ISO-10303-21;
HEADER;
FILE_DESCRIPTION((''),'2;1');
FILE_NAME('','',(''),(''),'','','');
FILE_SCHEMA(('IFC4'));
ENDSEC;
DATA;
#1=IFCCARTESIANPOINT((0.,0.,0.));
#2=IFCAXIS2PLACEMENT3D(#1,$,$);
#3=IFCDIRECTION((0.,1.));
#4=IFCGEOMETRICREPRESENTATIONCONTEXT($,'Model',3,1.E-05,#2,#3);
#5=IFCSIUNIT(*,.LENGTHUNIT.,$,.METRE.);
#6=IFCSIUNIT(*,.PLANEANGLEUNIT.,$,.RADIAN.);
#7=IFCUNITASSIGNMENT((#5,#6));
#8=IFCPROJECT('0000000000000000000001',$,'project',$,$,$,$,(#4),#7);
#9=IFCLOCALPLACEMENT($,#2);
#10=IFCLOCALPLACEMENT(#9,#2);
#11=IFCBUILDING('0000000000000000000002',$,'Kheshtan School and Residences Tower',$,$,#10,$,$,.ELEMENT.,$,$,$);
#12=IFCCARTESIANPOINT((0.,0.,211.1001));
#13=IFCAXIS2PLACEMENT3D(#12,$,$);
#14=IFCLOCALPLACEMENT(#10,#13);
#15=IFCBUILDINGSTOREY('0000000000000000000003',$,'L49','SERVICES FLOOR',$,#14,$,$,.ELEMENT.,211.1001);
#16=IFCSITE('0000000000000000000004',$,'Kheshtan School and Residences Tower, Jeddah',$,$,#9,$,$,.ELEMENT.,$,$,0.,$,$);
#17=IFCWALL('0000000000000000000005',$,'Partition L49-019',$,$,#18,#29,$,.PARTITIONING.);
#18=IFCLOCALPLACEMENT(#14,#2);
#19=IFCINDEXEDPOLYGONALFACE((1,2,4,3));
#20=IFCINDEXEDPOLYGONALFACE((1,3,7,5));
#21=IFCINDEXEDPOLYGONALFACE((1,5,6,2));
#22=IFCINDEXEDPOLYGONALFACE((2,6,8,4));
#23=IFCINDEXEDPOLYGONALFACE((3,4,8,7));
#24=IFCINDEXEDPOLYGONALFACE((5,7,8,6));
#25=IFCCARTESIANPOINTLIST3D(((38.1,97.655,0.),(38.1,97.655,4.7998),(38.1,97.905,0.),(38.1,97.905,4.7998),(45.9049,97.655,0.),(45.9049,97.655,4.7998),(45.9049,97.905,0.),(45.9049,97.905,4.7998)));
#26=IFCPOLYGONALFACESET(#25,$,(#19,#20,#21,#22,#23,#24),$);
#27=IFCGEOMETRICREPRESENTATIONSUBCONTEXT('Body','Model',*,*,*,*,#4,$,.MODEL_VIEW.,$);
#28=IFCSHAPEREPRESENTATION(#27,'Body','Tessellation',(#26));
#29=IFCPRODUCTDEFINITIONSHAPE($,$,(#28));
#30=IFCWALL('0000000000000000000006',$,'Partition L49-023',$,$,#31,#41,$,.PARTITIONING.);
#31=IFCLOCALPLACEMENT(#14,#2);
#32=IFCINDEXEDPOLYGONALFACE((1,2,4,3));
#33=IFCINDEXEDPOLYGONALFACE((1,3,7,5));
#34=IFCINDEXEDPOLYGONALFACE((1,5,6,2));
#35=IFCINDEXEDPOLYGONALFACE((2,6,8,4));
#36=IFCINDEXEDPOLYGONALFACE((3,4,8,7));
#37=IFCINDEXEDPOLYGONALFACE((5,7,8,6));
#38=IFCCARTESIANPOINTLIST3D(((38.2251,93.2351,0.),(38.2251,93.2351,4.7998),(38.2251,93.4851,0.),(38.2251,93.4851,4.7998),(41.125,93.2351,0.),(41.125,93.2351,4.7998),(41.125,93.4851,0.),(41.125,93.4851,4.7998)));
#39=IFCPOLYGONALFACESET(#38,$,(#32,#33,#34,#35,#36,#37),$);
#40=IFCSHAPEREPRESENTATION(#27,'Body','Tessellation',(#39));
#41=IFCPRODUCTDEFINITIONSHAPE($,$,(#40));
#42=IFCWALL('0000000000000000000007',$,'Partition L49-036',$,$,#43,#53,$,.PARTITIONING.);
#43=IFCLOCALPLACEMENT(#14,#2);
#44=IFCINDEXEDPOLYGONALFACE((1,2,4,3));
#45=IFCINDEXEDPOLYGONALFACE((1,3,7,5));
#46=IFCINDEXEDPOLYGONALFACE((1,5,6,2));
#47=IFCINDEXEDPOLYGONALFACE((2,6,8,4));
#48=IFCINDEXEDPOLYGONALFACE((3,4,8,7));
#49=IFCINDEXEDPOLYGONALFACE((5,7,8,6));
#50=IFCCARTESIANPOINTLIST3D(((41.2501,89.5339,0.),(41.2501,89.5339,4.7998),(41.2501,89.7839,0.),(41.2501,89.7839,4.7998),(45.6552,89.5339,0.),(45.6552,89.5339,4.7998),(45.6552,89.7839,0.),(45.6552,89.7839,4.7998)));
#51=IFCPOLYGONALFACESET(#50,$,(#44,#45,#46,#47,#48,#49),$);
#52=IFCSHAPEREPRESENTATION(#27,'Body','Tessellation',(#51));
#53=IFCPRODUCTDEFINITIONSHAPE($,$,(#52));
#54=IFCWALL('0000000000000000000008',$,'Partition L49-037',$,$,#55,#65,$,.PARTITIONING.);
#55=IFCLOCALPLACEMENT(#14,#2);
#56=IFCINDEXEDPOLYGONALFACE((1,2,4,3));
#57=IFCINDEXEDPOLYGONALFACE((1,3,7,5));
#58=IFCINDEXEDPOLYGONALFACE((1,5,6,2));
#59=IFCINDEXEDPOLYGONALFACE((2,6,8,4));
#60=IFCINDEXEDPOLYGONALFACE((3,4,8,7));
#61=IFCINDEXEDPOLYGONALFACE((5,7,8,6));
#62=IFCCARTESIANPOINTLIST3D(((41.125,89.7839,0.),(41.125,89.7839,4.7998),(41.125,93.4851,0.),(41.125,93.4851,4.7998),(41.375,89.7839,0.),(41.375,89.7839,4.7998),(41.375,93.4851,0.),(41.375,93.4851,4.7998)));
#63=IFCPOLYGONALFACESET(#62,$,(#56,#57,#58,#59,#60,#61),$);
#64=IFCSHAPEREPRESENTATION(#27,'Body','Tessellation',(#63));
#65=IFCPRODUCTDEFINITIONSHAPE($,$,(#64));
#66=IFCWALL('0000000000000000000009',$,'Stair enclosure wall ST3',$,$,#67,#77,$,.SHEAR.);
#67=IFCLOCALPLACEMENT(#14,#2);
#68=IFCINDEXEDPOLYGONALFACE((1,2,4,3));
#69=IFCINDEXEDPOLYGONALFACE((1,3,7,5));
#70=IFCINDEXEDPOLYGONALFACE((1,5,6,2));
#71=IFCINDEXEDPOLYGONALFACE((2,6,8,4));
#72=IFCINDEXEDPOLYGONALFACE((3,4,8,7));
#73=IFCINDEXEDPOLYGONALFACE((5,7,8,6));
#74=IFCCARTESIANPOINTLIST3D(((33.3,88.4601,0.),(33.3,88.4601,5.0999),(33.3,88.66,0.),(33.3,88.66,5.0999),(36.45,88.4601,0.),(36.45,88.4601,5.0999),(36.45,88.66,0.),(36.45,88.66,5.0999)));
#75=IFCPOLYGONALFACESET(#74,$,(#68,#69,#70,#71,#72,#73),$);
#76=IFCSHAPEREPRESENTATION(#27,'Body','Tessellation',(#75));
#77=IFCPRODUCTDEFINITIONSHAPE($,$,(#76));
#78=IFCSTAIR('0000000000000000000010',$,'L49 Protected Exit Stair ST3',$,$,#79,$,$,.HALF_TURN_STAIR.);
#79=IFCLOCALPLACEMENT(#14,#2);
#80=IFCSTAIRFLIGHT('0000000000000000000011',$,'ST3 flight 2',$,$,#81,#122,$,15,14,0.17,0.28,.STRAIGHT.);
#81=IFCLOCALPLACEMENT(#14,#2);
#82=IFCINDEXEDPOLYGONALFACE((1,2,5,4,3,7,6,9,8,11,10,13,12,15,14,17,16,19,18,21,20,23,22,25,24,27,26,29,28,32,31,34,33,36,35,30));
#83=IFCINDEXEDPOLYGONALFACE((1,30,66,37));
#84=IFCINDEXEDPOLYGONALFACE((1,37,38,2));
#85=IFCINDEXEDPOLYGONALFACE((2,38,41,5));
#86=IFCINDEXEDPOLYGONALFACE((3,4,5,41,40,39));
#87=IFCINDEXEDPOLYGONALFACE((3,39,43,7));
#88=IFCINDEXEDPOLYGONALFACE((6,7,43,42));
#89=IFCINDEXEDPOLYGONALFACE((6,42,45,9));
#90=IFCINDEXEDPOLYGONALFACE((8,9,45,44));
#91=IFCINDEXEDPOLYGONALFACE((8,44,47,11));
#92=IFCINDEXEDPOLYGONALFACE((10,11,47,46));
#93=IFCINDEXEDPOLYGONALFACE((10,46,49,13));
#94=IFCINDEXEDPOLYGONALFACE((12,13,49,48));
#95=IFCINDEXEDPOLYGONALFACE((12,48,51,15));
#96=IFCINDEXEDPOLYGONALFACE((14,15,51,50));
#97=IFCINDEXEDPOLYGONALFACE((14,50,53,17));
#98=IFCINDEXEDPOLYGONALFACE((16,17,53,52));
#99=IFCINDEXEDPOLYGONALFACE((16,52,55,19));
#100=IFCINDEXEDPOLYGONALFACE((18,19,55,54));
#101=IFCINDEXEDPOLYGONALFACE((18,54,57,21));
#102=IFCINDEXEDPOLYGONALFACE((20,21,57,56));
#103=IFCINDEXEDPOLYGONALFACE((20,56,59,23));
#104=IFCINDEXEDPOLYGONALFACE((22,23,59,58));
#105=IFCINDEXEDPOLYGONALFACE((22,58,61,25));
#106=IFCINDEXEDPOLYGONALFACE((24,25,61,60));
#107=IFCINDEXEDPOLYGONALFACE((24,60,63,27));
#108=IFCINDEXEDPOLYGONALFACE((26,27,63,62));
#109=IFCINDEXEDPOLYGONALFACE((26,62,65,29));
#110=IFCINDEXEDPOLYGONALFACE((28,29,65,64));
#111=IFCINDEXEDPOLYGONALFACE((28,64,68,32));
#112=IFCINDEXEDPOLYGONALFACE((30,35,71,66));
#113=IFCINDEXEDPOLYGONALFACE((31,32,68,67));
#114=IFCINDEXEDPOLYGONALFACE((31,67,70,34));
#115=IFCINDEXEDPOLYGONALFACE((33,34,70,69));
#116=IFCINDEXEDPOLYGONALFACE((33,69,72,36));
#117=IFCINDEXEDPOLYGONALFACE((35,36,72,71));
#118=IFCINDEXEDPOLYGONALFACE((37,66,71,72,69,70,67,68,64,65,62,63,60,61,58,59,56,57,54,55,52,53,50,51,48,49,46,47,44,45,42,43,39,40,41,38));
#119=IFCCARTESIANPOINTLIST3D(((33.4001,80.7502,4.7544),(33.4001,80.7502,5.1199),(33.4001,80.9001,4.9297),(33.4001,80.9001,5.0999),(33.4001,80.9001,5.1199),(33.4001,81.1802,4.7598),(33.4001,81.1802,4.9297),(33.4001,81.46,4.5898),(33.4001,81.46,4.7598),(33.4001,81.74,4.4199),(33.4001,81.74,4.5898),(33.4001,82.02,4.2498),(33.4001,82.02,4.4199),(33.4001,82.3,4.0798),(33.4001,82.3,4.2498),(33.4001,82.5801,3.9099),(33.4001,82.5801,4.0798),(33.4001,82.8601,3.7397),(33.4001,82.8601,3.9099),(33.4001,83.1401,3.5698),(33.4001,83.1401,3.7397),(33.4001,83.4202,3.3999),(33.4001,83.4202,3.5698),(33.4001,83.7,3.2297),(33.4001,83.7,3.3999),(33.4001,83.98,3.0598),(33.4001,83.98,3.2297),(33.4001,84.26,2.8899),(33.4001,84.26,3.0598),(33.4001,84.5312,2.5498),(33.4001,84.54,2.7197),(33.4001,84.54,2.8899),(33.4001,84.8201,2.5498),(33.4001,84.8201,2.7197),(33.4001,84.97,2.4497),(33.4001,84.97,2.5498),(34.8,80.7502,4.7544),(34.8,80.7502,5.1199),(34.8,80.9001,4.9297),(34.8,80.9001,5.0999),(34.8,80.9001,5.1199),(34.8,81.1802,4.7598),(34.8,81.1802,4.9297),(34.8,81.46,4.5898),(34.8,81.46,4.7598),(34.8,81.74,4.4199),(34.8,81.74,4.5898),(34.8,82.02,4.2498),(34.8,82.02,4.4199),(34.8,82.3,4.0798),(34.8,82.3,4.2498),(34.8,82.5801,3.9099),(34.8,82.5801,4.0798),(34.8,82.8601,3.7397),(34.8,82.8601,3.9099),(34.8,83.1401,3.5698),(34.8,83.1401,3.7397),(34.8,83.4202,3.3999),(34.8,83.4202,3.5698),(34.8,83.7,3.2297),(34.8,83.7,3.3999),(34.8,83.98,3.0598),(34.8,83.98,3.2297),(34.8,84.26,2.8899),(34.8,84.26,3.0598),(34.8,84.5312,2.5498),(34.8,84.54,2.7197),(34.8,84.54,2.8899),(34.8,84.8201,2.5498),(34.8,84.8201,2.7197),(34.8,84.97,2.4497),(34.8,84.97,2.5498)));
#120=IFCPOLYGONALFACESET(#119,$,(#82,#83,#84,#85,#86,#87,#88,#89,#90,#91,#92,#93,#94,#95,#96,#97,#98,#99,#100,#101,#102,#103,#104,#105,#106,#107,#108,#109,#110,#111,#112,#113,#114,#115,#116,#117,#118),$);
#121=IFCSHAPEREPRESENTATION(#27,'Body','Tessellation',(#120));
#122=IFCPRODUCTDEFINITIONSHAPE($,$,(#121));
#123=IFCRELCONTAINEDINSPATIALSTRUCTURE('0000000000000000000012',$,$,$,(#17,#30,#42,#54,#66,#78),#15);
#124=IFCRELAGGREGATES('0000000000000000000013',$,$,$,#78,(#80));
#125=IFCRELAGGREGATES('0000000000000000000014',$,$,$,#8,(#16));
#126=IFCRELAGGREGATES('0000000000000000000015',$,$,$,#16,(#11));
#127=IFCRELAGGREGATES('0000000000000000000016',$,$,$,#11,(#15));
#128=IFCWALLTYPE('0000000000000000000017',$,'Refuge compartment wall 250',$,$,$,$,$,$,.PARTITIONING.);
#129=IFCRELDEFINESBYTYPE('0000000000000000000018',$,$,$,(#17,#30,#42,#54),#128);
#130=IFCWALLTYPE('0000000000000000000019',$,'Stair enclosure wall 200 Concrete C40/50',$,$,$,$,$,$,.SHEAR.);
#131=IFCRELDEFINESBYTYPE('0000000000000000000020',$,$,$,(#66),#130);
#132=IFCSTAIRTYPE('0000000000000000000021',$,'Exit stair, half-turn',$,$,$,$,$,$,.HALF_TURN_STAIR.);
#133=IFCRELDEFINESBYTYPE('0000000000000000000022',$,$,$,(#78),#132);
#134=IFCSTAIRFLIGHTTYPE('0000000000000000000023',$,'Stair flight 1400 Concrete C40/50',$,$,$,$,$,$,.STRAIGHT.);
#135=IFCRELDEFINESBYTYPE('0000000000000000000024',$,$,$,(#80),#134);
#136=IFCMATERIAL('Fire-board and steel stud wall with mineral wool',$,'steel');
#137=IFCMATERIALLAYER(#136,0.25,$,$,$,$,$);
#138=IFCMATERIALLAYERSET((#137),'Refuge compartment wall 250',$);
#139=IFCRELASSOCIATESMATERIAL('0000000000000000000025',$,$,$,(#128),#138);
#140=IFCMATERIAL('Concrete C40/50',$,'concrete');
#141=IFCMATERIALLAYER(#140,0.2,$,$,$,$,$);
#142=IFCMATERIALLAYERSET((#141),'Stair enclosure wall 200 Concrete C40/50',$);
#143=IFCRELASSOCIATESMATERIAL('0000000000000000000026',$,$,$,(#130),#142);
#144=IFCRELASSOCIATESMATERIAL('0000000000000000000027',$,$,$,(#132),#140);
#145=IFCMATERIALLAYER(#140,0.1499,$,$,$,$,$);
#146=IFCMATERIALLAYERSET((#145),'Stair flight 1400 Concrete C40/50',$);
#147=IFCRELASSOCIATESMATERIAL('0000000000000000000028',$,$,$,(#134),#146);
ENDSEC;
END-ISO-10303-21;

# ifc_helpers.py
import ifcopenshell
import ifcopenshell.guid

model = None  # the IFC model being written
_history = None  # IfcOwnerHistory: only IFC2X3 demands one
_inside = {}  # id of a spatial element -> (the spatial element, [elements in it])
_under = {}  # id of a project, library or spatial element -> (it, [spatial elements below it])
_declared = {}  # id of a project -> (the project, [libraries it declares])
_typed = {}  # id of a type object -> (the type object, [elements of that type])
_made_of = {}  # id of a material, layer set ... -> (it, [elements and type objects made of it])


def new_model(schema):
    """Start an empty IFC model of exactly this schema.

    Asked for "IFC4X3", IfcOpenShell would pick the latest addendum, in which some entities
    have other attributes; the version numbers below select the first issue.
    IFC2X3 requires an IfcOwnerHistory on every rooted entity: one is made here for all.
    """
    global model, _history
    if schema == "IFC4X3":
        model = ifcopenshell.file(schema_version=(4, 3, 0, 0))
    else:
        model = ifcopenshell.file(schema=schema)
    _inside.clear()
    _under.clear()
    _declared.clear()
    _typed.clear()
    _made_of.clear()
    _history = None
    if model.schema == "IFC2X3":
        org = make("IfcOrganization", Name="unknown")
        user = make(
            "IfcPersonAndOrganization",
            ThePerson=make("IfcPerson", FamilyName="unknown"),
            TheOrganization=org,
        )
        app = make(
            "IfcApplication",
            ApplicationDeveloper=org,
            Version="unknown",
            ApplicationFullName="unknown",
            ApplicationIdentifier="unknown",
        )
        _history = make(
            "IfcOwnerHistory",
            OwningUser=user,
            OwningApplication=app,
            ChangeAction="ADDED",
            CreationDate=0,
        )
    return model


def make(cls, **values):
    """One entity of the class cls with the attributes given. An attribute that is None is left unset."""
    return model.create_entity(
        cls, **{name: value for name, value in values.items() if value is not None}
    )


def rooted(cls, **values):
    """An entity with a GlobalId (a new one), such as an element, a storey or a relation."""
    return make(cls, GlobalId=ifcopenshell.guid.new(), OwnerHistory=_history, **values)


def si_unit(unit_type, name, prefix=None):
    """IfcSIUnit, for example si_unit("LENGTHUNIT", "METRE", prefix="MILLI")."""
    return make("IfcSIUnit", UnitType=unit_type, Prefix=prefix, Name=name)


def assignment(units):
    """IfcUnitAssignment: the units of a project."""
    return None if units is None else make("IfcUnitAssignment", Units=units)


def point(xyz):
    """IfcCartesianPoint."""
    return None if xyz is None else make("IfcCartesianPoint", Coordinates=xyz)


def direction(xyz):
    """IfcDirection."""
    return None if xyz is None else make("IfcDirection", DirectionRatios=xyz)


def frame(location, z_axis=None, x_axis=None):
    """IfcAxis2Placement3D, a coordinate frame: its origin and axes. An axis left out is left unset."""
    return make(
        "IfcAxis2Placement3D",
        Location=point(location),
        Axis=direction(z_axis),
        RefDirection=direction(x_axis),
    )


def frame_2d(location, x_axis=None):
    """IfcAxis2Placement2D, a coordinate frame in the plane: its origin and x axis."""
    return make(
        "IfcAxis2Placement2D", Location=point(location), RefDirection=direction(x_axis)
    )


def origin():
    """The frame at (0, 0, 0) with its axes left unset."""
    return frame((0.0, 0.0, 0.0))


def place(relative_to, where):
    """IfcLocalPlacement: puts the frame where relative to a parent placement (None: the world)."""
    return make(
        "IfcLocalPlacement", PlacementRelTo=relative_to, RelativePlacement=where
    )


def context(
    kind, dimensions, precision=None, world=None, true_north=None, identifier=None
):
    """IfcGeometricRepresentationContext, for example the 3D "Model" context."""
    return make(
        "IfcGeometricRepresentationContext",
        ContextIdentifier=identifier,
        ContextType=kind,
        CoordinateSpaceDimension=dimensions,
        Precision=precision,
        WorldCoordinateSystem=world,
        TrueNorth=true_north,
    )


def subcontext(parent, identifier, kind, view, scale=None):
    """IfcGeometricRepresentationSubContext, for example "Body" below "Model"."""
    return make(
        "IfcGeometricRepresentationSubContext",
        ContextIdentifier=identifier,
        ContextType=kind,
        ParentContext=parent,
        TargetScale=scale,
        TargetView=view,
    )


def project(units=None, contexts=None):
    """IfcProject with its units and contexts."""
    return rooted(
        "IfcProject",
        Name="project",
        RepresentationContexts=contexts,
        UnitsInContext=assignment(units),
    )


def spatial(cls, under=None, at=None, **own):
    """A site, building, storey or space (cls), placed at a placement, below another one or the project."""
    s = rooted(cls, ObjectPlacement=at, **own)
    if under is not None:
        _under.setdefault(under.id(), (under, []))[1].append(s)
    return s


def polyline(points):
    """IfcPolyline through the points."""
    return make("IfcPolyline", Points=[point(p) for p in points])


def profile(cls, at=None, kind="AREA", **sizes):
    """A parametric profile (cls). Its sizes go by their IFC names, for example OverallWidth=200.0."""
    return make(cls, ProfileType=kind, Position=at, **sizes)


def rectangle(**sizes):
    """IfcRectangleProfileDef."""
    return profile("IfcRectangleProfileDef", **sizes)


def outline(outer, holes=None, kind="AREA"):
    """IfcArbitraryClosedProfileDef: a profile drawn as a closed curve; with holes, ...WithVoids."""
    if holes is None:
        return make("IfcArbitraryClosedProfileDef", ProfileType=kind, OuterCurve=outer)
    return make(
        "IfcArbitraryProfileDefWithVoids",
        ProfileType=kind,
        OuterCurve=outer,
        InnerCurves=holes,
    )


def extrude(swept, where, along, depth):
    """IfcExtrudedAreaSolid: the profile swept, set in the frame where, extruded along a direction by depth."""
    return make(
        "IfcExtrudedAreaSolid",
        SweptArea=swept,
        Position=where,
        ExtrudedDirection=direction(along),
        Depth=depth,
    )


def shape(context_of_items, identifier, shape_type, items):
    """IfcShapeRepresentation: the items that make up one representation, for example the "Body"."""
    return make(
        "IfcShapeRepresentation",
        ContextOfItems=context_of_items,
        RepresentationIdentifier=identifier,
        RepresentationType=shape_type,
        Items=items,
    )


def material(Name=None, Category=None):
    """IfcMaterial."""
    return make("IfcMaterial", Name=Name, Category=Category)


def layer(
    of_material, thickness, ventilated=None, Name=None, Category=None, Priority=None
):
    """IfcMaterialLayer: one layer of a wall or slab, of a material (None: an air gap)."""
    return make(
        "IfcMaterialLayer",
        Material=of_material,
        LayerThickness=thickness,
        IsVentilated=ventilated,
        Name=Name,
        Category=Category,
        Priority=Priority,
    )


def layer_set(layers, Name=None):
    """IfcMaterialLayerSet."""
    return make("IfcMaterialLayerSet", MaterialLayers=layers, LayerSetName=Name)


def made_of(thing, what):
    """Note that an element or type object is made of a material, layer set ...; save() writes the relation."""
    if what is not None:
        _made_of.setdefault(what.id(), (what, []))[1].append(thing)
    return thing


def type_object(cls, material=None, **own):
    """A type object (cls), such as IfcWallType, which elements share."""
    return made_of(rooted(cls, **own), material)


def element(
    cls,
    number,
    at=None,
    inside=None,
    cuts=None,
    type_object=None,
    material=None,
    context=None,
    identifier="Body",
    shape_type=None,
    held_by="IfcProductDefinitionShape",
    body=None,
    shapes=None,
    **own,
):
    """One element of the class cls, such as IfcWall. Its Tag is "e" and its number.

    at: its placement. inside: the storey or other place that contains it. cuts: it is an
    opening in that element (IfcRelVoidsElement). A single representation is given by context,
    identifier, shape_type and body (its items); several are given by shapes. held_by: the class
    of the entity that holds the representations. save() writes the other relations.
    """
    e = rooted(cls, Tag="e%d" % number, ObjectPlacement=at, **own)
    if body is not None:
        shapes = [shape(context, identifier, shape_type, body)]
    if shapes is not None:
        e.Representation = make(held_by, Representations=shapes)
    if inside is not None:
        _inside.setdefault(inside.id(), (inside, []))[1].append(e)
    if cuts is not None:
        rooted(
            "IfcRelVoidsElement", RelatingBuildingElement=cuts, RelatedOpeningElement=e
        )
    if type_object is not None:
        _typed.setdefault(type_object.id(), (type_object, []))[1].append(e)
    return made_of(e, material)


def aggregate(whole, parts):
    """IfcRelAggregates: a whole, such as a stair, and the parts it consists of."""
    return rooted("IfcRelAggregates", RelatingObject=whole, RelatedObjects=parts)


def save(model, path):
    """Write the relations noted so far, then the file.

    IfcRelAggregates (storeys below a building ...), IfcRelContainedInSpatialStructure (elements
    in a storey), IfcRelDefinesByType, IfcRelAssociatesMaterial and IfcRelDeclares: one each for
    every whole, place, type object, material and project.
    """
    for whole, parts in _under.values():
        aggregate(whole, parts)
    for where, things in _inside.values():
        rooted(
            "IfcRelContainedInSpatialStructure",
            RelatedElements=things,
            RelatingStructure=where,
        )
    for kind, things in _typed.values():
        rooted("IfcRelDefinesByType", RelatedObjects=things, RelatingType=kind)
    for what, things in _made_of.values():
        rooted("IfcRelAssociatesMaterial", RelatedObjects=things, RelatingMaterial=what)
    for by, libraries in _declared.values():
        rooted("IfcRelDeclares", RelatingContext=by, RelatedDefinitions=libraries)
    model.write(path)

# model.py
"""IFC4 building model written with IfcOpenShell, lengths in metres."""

from ifc_helpers import new_model, si_unit, direction, frame, frame_2d, origin, place, context, subcontext, project, spatial, polyline, rectangle, outline, extrude, material, layer, layer_set, type_object, element, aggregate, save


model = new_model("IFC4")

# Units and contexts
model_context = context("Model", 3, precision=1e-05, world=origin(), true_north=direction((0.0, 1.0)))
body_context = subcontext(model_context, "Body", "Model", "MODEL_VIEW")
ifc_project = project(units=[si_unit("LENGTHUNIT", "METRE"), si_unit("PLANEANGLEUNIT", "RADIAN")], contexts=[model_context])

# Site, building, storey
site_placement = place(None, origin())
site = spatial("IfcSite", under=ifc_project, at=site_placement, Name="Kheshtan School and Residences Tower, Jeddah", CompositionType="ELEMENT", RefElevation=0.0)
building_placement = place(site_placement, origin())
building = spatial("IfcBuilding", under=site, at=building_placement, Name="Kheshtan School and Residences Tower", CompositionType="ELEMENT")
storey_placement = place(building_placement, frame((0.0, 0.0, 211.1001)))
storey = spatial("IfcBuildingStorey", under=building, at=storey_placement, Name="L49", Description="SERVICES FLOOR", CompositionType="ELEMENT", Elevation=211.1001)

# Shared definitions
ifc_material_1 = material(Name="Fire-board and steel stud wall with mineral wool", Category="steel")

# Shared definitions
ifc_layer_1 = layer(ifc_material_1, 0.25)
ifc_layer_set_1 = layer_set([ifc_layer_1], Name="Refuge compartment wall 250")
wall_type_1 = type_object("IfcWallType", Name="Refuge compartment wall 250", PredefinedType="PARTITIONING", material=ifc_layer_set_1)

# Walls
wall_1_placement = place(storey_placement, frame((38.1001, 97.78, 0.0), z_axis=(0.0, 0.0, 1.0), x_axis=(1.0, 0.0, 0.0)))
element("IfcWall", 1, at=wall_1_placement, inside=storey, type_object=wall_type_1, Name="Partition L49-019", PredefinedType="PARTITIONING", context=body_context, shape_type="SweptSolid", body=[
    extrude(rectangle(XDim=7.8049, YDim=0.25, at=frame_2d((3.9023, 0.0))), origin(), (0.0, 0.0, 1.0), 4.7998),
])
wall_2_placement = place(storey_placement, frame((38.2251, 93.3601, 0.0), z_axis=(0.0, 0.0, 1.0), x_axis=(1.0, 0.0, 0.0)))
element("IfcWall", 2, at=wall_2_placement, inside=storey, type_object=wall_type_1, Name="Partition L49-023", PredefinedType="PARTITIONING", context=body_context, shape_type="SweptSolid", body=[
    extrude(rectangle(XDim=2.8999, YDim=0.25, at=frame_2d((1.45, 0.0))), origin(), (0.0, 0.0, 1.0), 4.7998),
])
wall_3_placement = place(storey_placement, frame((41.25, 89.6589, 0.0), z_axis=(0.0, 0.0, 1.0), x_axis=(1.0, 0.0, 0.0)))
element("IfcWall", 3, at=wall_3_placement, inside=storey, type_object=wall_type_1, Name="Partition L49-036", PredefinedType="PARTITIONING", context=body_context, shape_type="SweptSolid", body=[
    extrude(rectangle(XDim=4.405, YDim=0.25, at=frame_2d((2.2026, 0.0))), origin(), (0.0, 0.0, 1.0), 4.7998),
])
wall_4_placement = place(storey_placement, frame((41.25, 89.7839, 0.0), z_axis=(0.0, 0.0, 1.0), x_axis=(0.0, 1.0, 0.0)))
element("IfcWall", 4, at=wall_4_placement, inside=storey, type_object=wall_type_1, Name="Partition L49-037", PredefinedType="PARTITIONING", context=body_context, shape_type="SweptSolid", body=[
    extrude(rectangle(XDim=3.7012, YDim=0.25, at=frame_2d((1.8506, 0.0))), origin(), (0.0, 0.0, 1.0), 4.7998),
])
ifc_material_2 = material(Name="Concrete C40/50", Category="concrete")
ifc_layer_2 = layer(ifc_material_2, 0.2)
ifc_layer_set_2 = layer_set([ifc_layer_2], Name="Stair enclosure wall 200 Concrete C40/50")
wall_type_2 = type_object("IfcWallType", Name="Stair enclosure wall 200 Concrete C40/50", PredefinedType="SHEAR", material=ifc_layer_set_2)
wall_5_placement = place(storey_placement, frame((33.3, 88.5601, 0.0), z_axis=(0.0, 0.0, 1.0), x_axis=(1.0, 0.0, 0.0)))
element("IfcWall", 5, at=wall_5_placement, inside=storey, type_object=wall_type_2, Name="Stair enclosure wall ST3", PredefinedType="SHEAR", context=body_context, shape_type="SweptSolid", body=[
    extrude(rectangle(XDim=3.1499, YDim=0.2, at=frame_2d((1.575, 0.0))), origin(), (0.0, 0.0, 1.0), 5.0999),
])

# Stair, stair flight
stair_type = type_object("IfcStairType", Name="Exit stair, half-turn", PredefinedType="HALF_TURN_STAIR", material=ifc_material_2)
stair_placement = place(storey_placement, origin())
stair = element("IfcStair", 6, at=stair_placement, inside=storey, type_object=stair_type, Name="L49 Protected Exit Stair ST3", PredefinedType="HALF_TURN_STAIR")
ifc_layer_3 = layer(ifc_material_2, 0.1499)
ifc_layer_set_3 = layer_set([ifc_layer_3], Name="Stair flight 1400 Concrete C40/50")
stair_flight_type = type_object("IfcStairFlightType", Name="Stair flight 1400 Concrete C40/50", PredefinedType="STRAIGHT", material=ifc_layer_set_3)
stair_flight_placement = place(storey_placement, frame((34.1001, 84.8201, 2.5498), z_axis=(0.0, 0.0, 1.0), x_axis=(0.0, -1.0, 0.0)))
stair_flight = element("IfcStairFlight", 7, at=stair_flight_placement, type_object=stair_flight_type, Name="ST3 flight 2", NumberOfRisers=15, NumberOfTreads=14, PredefinedType="STRAIGHT", RiserHeight=0.17, TreadLength=0.28, context=body_context, shape_type="SweptSolid", body=[
    extrude(outline(polyline([(-0.1499, -0.1001), (-0.1499, 0.0), (0.0, 0.0), (0.0, 0.1699), (0.28, 0.1699), (0.28, 0.3401), (0.5601, 0.3401), (0.5601, 0.51), (0.8401, 0.51), (0.8401, 0.6799), (1.1201, 0.6799), (1.1201, 0.8501), (1.3999, 0.8501), (1.3999, 1.02), (1.6799, 1.02), (1.6799, 1.1899), (1.96, 1.1899), (1.96, 1.3601), (2.24, 1.3601), (2.24, 1.53), (2.52, 1.53), (2.52, 1.7), (2.8, 1.7), (2.8, 1.8701), (3.0801, 1.8701), (3.0801, 2.04), (3.3601, 2.04), (3.3601, 2.21), (3.6399, 2.21), (3.6399, 2.3799), (3.9199, 2.3799), (3.9199, 2.55), (3.9199, 2.5701), (4.0698, 2.5701), (4.0698, 2.2046), (0.2888, 0.0), (-0.1499, -0.1001)])), frame((0.0, 0.7, 0.0), z_axis=(0.0, -1.0, 0.0), x_axis=(1.0, 0.0, 0.0)), (0.0, 0.0, 1.0), 1.3999),
])
aggregate(stair, [stair_flight])

save(model, "model.ifc")
